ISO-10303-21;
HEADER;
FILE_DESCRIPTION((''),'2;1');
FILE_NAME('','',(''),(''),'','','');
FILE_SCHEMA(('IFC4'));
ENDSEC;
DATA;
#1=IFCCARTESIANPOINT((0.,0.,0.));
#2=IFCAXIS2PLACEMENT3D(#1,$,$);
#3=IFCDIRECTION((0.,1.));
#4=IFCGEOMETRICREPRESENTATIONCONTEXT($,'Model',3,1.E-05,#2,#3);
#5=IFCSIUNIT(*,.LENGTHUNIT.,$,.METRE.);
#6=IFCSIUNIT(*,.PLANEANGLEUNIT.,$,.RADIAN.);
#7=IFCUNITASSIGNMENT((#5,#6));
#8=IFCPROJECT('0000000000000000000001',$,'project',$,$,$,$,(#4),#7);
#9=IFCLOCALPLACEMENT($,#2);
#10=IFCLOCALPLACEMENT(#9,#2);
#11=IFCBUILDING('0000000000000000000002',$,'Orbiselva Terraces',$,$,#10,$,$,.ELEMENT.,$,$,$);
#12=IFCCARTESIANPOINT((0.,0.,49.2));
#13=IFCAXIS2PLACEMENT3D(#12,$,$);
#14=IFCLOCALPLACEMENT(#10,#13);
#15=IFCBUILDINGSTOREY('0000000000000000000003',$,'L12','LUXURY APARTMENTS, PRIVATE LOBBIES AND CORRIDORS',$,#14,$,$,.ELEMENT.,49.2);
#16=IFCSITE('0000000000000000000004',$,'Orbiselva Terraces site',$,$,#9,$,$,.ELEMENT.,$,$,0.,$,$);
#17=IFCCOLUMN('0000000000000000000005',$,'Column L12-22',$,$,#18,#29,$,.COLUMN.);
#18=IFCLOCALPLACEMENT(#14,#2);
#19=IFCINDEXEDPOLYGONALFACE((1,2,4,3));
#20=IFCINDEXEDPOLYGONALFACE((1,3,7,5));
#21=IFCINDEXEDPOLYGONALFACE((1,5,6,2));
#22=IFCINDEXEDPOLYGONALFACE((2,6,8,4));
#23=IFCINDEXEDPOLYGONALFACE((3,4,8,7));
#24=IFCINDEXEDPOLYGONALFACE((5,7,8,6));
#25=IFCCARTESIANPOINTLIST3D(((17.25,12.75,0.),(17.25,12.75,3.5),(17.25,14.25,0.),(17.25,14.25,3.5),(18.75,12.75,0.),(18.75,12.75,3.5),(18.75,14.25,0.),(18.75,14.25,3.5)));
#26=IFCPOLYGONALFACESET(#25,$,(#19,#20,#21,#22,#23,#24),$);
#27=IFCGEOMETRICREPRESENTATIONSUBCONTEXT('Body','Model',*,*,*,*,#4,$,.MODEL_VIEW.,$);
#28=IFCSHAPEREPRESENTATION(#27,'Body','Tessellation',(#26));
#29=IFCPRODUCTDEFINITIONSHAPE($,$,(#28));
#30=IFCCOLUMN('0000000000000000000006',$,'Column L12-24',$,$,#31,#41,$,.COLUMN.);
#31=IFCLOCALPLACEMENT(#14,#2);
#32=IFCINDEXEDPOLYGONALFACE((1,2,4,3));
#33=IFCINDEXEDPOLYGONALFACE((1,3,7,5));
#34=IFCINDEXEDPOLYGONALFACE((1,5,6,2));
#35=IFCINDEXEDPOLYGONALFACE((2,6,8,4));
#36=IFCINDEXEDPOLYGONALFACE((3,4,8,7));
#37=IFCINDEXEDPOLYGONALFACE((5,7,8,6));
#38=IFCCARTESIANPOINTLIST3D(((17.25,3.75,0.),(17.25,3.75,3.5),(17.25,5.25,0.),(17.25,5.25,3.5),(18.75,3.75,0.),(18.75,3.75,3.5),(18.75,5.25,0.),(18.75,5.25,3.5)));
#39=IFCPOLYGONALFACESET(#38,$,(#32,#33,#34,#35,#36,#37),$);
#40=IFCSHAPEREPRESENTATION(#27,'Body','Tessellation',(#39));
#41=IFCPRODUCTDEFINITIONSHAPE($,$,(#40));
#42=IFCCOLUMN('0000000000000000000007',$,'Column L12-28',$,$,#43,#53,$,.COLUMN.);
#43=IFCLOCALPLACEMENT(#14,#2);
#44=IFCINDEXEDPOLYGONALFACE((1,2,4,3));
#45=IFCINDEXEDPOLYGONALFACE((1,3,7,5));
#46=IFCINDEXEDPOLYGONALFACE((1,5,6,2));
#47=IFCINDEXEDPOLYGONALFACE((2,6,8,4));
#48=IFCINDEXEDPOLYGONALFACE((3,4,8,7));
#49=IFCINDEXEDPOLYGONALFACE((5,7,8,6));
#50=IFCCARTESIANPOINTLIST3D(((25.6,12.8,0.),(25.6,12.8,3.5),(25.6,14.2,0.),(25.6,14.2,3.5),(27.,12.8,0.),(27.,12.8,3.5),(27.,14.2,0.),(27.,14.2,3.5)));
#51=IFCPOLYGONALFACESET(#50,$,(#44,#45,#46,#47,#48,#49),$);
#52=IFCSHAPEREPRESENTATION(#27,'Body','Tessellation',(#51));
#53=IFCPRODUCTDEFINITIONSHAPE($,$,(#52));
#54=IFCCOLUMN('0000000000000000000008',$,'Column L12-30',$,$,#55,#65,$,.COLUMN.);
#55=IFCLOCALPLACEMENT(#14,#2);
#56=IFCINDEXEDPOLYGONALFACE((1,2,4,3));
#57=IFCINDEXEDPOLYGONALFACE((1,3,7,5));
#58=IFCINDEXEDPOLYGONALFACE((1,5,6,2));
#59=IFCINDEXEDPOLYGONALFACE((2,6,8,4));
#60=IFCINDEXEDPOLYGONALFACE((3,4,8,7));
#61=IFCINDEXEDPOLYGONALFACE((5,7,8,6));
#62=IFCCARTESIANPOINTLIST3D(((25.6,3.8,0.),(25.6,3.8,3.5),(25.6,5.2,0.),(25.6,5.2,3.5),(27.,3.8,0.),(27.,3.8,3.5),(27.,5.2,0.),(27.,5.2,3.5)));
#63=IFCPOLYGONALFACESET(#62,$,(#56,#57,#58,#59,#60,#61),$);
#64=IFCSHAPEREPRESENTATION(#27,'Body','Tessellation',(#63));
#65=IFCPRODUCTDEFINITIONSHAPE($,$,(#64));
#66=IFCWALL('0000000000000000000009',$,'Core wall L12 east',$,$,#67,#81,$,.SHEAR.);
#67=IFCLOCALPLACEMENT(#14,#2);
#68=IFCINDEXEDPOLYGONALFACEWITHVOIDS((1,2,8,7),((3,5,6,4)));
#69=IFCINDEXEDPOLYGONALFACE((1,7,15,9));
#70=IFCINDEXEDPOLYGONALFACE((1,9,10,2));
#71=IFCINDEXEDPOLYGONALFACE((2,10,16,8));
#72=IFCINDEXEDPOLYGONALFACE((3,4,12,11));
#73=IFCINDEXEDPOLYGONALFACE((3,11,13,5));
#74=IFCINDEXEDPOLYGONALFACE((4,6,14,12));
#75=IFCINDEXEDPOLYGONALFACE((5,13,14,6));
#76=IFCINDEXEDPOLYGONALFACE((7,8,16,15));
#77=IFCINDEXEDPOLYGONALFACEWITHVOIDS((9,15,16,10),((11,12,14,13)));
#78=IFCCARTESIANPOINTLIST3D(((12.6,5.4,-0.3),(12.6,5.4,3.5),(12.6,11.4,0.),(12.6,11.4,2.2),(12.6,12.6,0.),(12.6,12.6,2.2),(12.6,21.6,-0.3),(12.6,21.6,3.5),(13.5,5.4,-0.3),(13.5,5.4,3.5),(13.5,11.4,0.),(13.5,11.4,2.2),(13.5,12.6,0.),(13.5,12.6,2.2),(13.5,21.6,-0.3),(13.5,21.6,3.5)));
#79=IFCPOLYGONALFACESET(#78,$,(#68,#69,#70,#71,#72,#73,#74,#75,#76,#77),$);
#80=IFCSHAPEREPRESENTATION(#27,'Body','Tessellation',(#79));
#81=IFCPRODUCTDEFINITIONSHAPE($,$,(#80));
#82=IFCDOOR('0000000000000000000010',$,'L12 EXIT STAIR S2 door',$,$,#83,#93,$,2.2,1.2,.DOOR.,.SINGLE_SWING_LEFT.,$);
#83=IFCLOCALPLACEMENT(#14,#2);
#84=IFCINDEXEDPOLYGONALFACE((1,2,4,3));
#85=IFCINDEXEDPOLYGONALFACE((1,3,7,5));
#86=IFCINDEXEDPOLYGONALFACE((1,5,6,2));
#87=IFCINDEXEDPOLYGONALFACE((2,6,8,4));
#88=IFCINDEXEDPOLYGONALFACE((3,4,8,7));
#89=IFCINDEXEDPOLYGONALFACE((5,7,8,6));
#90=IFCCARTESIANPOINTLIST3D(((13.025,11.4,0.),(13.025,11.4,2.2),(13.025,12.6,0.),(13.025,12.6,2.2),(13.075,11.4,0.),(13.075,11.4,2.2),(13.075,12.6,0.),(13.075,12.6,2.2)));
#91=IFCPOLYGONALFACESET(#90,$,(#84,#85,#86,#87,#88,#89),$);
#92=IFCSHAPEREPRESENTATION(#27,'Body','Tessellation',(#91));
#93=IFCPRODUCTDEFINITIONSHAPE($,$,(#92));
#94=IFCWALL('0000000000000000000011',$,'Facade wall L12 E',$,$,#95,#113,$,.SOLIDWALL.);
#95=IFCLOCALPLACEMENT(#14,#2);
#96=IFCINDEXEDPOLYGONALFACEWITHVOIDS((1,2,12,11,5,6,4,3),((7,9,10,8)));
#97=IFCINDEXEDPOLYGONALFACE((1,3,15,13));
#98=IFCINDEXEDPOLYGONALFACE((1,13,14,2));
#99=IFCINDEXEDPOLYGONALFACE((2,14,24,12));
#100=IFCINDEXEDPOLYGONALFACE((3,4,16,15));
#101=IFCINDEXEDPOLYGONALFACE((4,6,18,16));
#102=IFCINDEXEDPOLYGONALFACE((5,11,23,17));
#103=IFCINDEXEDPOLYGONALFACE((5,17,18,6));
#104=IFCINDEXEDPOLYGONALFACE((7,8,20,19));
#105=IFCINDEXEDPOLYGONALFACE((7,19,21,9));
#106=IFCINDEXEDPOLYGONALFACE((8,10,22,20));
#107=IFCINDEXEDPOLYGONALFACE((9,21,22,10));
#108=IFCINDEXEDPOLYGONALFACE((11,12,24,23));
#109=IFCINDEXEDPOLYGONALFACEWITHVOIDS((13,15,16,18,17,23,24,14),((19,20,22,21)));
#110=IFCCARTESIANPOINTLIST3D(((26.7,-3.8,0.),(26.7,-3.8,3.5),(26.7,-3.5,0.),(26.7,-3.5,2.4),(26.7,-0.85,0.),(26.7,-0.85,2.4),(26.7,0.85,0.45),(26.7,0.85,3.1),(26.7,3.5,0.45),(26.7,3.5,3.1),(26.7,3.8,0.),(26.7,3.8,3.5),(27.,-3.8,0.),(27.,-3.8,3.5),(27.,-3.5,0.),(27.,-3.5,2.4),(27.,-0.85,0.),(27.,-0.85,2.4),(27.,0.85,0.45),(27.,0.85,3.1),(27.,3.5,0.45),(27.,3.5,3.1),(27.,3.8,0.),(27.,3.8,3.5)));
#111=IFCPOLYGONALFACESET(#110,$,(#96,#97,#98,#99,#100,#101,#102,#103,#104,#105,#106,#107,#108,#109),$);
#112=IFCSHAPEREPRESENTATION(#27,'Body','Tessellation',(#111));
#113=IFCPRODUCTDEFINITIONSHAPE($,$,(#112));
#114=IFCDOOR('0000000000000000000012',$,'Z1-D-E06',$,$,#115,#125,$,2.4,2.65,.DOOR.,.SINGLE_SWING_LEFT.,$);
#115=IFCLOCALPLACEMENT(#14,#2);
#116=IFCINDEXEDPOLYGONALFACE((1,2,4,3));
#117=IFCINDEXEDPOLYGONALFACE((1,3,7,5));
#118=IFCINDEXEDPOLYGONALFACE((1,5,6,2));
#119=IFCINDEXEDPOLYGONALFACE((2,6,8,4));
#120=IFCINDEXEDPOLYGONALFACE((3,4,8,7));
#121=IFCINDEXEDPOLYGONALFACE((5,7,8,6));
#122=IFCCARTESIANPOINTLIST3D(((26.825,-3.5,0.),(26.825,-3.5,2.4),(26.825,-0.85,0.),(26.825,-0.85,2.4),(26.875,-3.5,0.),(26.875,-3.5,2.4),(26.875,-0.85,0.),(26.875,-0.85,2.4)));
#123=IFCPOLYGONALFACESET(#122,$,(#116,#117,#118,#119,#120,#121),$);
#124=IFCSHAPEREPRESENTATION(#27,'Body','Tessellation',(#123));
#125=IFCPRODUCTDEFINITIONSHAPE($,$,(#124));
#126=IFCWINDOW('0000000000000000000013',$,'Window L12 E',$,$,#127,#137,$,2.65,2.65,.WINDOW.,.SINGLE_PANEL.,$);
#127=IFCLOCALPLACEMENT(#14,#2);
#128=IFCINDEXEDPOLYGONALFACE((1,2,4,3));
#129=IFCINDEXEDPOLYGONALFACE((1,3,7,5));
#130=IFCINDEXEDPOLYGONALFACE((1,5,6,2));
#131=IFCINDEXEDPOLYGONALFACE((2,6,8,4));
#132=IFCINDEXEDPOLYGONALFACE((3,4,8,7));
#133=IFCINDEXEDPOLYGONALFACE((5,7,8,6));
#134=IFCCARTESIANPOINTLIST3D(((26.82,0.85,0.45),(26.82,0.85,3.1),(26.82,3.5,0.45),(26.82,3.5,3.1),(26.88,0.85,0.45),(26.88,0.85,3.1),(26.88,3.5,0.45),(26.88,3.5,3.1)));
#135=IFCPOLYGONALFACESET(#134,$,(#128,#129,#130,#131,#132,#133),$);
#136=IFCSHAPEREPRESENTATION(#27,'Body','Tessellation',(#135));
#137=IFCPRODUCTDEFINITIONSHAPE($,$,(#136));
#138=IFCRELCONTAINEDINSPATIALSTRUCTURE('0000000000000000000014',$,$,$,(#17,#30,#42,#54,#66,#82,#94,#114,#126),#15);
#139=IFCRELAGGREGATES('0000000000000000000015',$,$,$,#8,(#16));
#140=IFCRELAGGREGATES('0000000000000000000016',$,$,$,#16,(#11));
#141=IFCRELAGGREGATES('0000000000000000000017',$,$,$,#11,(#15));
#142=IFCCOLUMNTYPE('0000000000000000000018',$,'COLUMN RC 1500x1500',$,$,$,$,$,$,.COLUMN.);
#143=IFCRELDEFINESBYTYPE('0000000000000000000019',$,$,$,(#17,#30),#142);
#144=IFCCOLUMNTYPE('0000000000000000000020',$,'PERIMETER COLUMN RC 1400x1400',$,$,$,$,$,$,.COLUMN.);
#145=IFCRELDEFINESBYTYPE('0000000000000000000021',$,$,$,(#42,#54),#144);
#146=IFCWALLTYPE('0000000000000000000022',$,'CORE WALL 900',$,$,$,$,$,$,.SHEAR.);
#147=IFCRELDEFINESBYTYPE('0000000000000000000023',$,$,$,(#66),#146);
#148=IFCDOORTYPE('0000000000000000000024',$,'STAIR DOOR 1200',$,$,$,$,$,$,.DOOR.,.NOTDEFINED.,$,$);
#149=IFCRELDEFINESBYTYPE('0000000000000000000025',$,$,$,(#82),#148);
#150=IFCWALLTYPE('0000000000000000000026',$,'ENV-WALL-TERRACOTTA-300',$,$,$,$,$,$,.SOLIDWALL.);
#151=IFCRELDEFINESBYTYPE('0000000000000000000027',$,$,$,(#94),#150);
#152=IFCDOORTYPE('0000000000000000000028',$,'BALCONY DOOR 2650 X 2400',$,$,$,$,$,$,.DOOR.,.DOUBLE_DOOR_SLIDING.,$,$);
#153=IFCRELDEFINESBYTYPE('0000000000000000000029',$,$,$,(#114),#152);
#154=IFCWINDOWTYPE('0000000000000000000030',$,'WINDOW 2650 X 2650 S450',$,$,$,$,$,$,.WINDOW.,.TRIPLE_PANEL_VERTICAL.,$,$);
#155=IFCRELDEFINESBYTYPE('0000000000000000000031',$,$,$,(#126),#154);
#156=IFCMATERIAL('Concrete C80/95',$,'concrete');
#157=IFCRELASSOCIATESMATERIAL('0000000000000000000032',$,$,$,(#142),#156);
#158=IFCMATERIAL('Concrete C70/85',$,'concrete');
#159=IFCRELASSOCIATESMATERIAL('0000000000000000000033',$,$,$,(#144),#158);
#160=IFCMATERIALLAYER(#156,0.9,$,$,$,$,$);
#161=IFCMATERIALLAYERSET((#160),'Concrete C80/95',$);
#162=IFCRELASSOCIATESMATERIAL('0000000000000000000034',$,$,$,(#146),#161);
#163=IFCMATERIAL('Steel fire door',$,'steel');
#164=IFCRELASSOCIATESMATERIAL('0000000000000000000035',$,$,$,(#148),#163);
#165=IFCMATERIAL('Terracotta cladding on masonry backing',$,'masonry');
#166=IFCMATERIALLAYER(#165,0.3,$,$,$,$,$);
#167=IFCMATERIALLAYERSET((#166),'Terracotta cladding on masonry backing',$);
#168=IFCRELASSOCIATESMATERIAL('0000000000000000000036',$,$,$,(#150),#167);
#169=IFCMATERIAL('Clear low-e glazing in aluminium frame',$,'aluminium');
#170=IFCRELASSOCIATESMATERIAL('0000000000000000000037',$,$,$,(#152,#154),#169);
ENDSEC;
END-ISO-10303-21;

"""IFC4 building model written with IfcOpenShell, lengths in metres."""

from ifc_helpers import new_model, si_unit, direction, frame, frame_2d, origin, origin_2d, place, context, subcontext, project, spatial, rectangle, extrude, material, layer, layer_set, material_profile, profile_set, type_object, element, fill, save


model = new_model("IFC4")

# Units and contexts
model_context = context("Model", 3, precision=1e-05, world=origin(), true_north=direction((0.0, 1.0)))
body_context = subcontext(model_context, "Body", "Model", "MODEL_VIEW")
ifc_project = project(units=[si_unit("LENGTHUNIT", "METRE"), si_unit("PLANEANGLEUNIT", "RADIAN")], contexts=[model_context])

# Site, building, storey
site_placement = place(None, origin())
site = spatial("IfcSite", under=ifc_project, at=site_placement, Name="Orbiselva Terraces site", CompositionType="ELEMENT", RefElevation=0.0)
building_placement = place(site_placement, origin())
building = spatial("IfcBuilding", under=site, at=building_placement, Name="Orbiselva Terraces", CompositionType="ELEMENT")
storey_placement = place(building_placement, frame((0.0, 0.0, 49.2)))
storey = spatial("IfcBuildingStorey", under=building, at=storey_placement, Name="L12", Description="LUXURY APARTMENTS, PRIVATE LOBBIES AND CORRIDORS", CompositionType="ELEMENT", Elevation=49.2)

# Columns
ifc_material_1 = material(Name="Concrete C80/95", Category="concrete")
ifc_material_profile_1 = material_profile(ifc_material_1, rectangle(XDim=1.5, YDim=1.5, at=origin_2d()), Name="RC 1500x1500")
ifc_profile_set_1 = profile_set([ifc_material_profile_1], Name="Concrete C80/95")
column_type_1 = type_object("IfcColumnType", Name="COLUMN RC 1500x1500", PredefinedType="COLUMN", material=ifc_profile_set_1)
for number, where, z_axis, x_axis, name in (
    (1, (18.0, 13.5, 0.0), (0.0, 0.0, 1.0), (1.0, 0.0, 0.0), "Column L12-22"),
    (2, (18.0, 4.5, 0.0), (0.0, 0.0, 1.0), (1.0, 0.0, 0.0), "Column L12-24"),
):
    element("IfcColumn", number, at=place(storey_placement, frame(where, z_axis=z_axis, x_axis=x_axis)), inside=storey, type_object=column_type_1, Name=name, PredefinedType="COLUMN", context=body_context, shape_type="SweptSolid", body=[
        extrude(rectangle(XDim=1.5, YDim=1.5, at=origin_2d()), origin(), (0.0, 0.0, 1.0), 3.5),
    ])
ifc_material_2 = material(Name="Concrete C70/85", Category="concrete")
ifc_material_profile_2 = material_profile(ifc_material_2, rectangle(XDim=1.4, YDim=1.4, at=origin_2d()), Name="RC 1400x1400")
ifc_profile_set_2 = profile_set([ifc_material_profile_2], Name="Concrete C70/85")
column_type_2 = type_object("IfcColumnType", Name="PERIMETER COLUMN RC 1400x1400", PredefinedType="COLUMN", material=ifc_profile_set_2)
for number, where, z_axis, x_axis, name in (
    (3, (26.3, 13.5, 0.0), (0.0, 0.0, 1.0), (1.0, 0.0, 0.0), "Column L12-28"),
    (4, (26.3, 4.5, 0.0), (0.0, 0.0, 1.0), (1.0, 0.0, 0.0), "Column L12-30"),
):
    element("IfcColumn", number, at=place(storey_placement, frame(where, z_axis=z_axis, x_axis=x_axis)), inside=storey, type_object=column_type_2, Name=name, PredefinedType="COLUMN", context=body_context, shape_type="SweptSolid", body=[
        extrude(rectangle(XDim=1.4, YDim=1.4, at=origin_2d()), origin(), (0.0, 0.0, 1.0), 3.5),
    ])

# Wall, opening, door
ifc_layer_1 = layer(ifc_material_1, 0.9)
ifc_layer_set_1 = layer_set([ifc_layer_1], Name="Concrete C80/95")
wall_type_1 = type_object("IfcWallType", Name="CORE WALL 900", PredefinedType="SHEAR", material=ifc_layer_set_1)
wall_1_placement = place(storey_placement, frame((13.05, 5.4, -0.3), z_axis=(0.0, 0.0, 1.0), x_axis=(0.0, 1.0, 0.0)))
wall_1 = element("IfcWall", 5, at=wall_1_placement, inside=storey, type_object=wall_type_1, Name="Core wall L12 east", PredefinedType="SHEAR", context=body_context, shape_type="SweptSolid", body=[
    extrude(rectangle(XDim=16.2, YDim=0.9, at=frame_2d((8.1, 0.0))), origin(), (0.0, 0.0, 1.0), 3.8),
])
opening_1_placement = place(wall_1_placement, frame((6.0, 0.0, 0.3)))
opening_1 = element("IfcOpeningElement", 6, at=opening_1_placement, cuts=wall_1, PredefinedType="OPENING", context=body_context, shape_type="SweptSolid", body=[
    extrude(rectangle(XDim=1.2, YDim=2.2, at=frame_2d((0.6, 1.1))), frame((0.0, 0.46, 0.0), z_axis=(0.0, -1.0, 0.0), x_axis=(1.0, 0.0, 0.0)), (0.0, 0.0, 1.0), 0.92),
])
ifc_material_3 = material(Name="Steel fire door", Category="steel")
door_type_1 = type_object("IfcDoorType", Name="STAIR DOOR 1200", OperationType="NOTDEFINED", PredefinedType="DOOR", material=ifc_material_3)
door_1_placement = place(opening_1_placement, frame((1.2, 0.0, 0.0), z_axis=(0.0, 0.0, 1.0), x_axis=(-1.0, 0.0, 0.0)))
door_1 = element("IfcDoor", 7, at=door_1_placement, inside=storey, type_object=door_type_1, Name="L12 EXIT STAIR S2 door", OperationType="SINGLE_SWING_LEFT", OverallHeight=2.2, OverallWidth=1.2, PredefinedType="DOOR", context=body_context, shape_type="SweptSolid", body=[
    extrude(rectangle(XDim=1.2, YDim=2.2, at=frame_2d((0.6, 1.1))), frame((0.0, 0.025, 0.0), z_axis=(0.0, -1.0, 0.0), x_axis=(1.0, 0.0, 0.0)), (0.0, 0.0, 1.0), 0.05),
])
fill(opening_1, door_1)

# Wall, openings, door, window
ifc_material_4 = material(Name="Terracotta cladding on masonry backing", Category="masonry")
ifc_layer_2 = layer(ifc_material_4, 0.3)
ifc_layer_set_2 = layer_set([ifc_layer_2], Name="Terracotta cladding on masonry backing")
wall_type_2 = type_object("IfcWallType", Name="ENV-WALL-TERRACOTTA-300", PredefinedType="SOLIDWALL", material=ifc_layer_set_2)
wall_2_placement = place(storey_placement, frame((26.85, 3.8, 0.0), z_axis=(0.0, 0.0, 1.0), x_axis=(0.0, -1.0, 0.0)))
wall_2 = element("IfcWall", 8, at=wall_2_placement, inside=storey, type_object=wall_type_2, Name="Facade wall L12 E", PredefinedType="SOLIDWALL", context=body_context, shape_type="SweptSolid", body=[
    extrude(rectangle(XDim=7.6, YDim=0.3, at=frame_2d((3.8, 0.0))), origin(), (0.0, 0.0, 1.0), 3.5),
])
opening_2_placement = place(wall_2_placement, frame((4.65, 0.0, 0.0)))
opening_2 = element("IfcOpeningElement", 9, at=opening_2_placement, cuts=wall_2, PredefinedType="OPENING", context=body_context, shape_type="SweptSolid", body=[
    extrude(rectangle(XDim=2.65, YDim=2.4, at=frame_2d((1.325, 1.2))), frame((0.0, 0.16, 0.0), z_axis=(0.0, -1.0, 0.0), x_axis=(1.0, 0.0, 0.0)), (0.0, 0.0, 1.0), 0.32),
])
opening_3_placement = place(wall_2_placement, frame((0.3, 0.0, 0.45)))
opening_3 = element("IfcOpeningElement", 10, at=opening_3_placement, cuts=wall_2, PredefinedType="OPENING", context=body_context, shape_type="SweptSolid", body=[
    extrude(rectangle(XDim=2.65, YDim=2.65, at=frame_2d((1.325, 1.325))), frame((0.0, 0.16, 0.0), z_axis=(0.0, -1.0, 0.0), x_axis=(1.0, 0.0, 0.0)), (0.0, 0.0, 1.0), 0.32),
])
ifc_material_5 = material(Name="Clear low-e glazing in aluminium frame", Category="aluminium")
door_type_2 = type_object("IfcDoorType", Name="BALCONY DOOR 2650 X 2400", OperationType="DOUBLE_DOOR_SLIDING", PredefinedType="DOOR", material=ifc_material_5)
door_2_placement = place(opening_2_placement, origin())
door_2 = element("IfcDoor", 11, at=door_2_placement, inside=storey, type_object=door_type_2, Name="Z1-D-E06", OperationType="SINGLE_SWING_LEFT", OverallHeight=2.4, OverallWidth=2.65, PredefinedType="DOOR", context=body_context, shape_type="SweptSolid", body=[
    extrude(rectangle(XDim=2.65, YDim=2.4, at=frame_2d((1.325, 1.2))), frame((0.0, 0.025, 0.0), z_axis=(0.0, -1.0, 0.0), x_axis=(1.0, 0.0, 0.0)), (0.0, 0.0, 1.0), 0.05),
])
fill(opening_2, door_2)
window_type = type_object("IfcWindowType", Name="WINDOW 2650 X 2650 S450", PartitioningType="TRIPLE_PANEL_VERTICAL", PredefinedType="WINDOW", material=ifc_material_5)
window_1_placement = place(opening_3_placement, origin())
window_1 = element("IfcWindow", 12, at=window_1_placement, inside=storey, type_object=window_type, Name="Window L12 E", OverallHeight=2.65, OverallWidth=2.65, PartitioningType="SINGLE_PANEL", PredefinedType="WINDOW", context=body_context, shape_type="SweptSolid", body=[
    extrude(rectangle(XDim=2.65, YDim=2.65, at=frame_2d((1.325, 1.325))), frame((0.0, 0.03, 0.0), z_axis=(0.0, -1.0, 0.0), x_axis=(1.0, 0.0, 0.0)), (0.0, 0.0, 1.0), 0.06),
])
fill(opening_3, window_1)

save(model, "model.ifc")
